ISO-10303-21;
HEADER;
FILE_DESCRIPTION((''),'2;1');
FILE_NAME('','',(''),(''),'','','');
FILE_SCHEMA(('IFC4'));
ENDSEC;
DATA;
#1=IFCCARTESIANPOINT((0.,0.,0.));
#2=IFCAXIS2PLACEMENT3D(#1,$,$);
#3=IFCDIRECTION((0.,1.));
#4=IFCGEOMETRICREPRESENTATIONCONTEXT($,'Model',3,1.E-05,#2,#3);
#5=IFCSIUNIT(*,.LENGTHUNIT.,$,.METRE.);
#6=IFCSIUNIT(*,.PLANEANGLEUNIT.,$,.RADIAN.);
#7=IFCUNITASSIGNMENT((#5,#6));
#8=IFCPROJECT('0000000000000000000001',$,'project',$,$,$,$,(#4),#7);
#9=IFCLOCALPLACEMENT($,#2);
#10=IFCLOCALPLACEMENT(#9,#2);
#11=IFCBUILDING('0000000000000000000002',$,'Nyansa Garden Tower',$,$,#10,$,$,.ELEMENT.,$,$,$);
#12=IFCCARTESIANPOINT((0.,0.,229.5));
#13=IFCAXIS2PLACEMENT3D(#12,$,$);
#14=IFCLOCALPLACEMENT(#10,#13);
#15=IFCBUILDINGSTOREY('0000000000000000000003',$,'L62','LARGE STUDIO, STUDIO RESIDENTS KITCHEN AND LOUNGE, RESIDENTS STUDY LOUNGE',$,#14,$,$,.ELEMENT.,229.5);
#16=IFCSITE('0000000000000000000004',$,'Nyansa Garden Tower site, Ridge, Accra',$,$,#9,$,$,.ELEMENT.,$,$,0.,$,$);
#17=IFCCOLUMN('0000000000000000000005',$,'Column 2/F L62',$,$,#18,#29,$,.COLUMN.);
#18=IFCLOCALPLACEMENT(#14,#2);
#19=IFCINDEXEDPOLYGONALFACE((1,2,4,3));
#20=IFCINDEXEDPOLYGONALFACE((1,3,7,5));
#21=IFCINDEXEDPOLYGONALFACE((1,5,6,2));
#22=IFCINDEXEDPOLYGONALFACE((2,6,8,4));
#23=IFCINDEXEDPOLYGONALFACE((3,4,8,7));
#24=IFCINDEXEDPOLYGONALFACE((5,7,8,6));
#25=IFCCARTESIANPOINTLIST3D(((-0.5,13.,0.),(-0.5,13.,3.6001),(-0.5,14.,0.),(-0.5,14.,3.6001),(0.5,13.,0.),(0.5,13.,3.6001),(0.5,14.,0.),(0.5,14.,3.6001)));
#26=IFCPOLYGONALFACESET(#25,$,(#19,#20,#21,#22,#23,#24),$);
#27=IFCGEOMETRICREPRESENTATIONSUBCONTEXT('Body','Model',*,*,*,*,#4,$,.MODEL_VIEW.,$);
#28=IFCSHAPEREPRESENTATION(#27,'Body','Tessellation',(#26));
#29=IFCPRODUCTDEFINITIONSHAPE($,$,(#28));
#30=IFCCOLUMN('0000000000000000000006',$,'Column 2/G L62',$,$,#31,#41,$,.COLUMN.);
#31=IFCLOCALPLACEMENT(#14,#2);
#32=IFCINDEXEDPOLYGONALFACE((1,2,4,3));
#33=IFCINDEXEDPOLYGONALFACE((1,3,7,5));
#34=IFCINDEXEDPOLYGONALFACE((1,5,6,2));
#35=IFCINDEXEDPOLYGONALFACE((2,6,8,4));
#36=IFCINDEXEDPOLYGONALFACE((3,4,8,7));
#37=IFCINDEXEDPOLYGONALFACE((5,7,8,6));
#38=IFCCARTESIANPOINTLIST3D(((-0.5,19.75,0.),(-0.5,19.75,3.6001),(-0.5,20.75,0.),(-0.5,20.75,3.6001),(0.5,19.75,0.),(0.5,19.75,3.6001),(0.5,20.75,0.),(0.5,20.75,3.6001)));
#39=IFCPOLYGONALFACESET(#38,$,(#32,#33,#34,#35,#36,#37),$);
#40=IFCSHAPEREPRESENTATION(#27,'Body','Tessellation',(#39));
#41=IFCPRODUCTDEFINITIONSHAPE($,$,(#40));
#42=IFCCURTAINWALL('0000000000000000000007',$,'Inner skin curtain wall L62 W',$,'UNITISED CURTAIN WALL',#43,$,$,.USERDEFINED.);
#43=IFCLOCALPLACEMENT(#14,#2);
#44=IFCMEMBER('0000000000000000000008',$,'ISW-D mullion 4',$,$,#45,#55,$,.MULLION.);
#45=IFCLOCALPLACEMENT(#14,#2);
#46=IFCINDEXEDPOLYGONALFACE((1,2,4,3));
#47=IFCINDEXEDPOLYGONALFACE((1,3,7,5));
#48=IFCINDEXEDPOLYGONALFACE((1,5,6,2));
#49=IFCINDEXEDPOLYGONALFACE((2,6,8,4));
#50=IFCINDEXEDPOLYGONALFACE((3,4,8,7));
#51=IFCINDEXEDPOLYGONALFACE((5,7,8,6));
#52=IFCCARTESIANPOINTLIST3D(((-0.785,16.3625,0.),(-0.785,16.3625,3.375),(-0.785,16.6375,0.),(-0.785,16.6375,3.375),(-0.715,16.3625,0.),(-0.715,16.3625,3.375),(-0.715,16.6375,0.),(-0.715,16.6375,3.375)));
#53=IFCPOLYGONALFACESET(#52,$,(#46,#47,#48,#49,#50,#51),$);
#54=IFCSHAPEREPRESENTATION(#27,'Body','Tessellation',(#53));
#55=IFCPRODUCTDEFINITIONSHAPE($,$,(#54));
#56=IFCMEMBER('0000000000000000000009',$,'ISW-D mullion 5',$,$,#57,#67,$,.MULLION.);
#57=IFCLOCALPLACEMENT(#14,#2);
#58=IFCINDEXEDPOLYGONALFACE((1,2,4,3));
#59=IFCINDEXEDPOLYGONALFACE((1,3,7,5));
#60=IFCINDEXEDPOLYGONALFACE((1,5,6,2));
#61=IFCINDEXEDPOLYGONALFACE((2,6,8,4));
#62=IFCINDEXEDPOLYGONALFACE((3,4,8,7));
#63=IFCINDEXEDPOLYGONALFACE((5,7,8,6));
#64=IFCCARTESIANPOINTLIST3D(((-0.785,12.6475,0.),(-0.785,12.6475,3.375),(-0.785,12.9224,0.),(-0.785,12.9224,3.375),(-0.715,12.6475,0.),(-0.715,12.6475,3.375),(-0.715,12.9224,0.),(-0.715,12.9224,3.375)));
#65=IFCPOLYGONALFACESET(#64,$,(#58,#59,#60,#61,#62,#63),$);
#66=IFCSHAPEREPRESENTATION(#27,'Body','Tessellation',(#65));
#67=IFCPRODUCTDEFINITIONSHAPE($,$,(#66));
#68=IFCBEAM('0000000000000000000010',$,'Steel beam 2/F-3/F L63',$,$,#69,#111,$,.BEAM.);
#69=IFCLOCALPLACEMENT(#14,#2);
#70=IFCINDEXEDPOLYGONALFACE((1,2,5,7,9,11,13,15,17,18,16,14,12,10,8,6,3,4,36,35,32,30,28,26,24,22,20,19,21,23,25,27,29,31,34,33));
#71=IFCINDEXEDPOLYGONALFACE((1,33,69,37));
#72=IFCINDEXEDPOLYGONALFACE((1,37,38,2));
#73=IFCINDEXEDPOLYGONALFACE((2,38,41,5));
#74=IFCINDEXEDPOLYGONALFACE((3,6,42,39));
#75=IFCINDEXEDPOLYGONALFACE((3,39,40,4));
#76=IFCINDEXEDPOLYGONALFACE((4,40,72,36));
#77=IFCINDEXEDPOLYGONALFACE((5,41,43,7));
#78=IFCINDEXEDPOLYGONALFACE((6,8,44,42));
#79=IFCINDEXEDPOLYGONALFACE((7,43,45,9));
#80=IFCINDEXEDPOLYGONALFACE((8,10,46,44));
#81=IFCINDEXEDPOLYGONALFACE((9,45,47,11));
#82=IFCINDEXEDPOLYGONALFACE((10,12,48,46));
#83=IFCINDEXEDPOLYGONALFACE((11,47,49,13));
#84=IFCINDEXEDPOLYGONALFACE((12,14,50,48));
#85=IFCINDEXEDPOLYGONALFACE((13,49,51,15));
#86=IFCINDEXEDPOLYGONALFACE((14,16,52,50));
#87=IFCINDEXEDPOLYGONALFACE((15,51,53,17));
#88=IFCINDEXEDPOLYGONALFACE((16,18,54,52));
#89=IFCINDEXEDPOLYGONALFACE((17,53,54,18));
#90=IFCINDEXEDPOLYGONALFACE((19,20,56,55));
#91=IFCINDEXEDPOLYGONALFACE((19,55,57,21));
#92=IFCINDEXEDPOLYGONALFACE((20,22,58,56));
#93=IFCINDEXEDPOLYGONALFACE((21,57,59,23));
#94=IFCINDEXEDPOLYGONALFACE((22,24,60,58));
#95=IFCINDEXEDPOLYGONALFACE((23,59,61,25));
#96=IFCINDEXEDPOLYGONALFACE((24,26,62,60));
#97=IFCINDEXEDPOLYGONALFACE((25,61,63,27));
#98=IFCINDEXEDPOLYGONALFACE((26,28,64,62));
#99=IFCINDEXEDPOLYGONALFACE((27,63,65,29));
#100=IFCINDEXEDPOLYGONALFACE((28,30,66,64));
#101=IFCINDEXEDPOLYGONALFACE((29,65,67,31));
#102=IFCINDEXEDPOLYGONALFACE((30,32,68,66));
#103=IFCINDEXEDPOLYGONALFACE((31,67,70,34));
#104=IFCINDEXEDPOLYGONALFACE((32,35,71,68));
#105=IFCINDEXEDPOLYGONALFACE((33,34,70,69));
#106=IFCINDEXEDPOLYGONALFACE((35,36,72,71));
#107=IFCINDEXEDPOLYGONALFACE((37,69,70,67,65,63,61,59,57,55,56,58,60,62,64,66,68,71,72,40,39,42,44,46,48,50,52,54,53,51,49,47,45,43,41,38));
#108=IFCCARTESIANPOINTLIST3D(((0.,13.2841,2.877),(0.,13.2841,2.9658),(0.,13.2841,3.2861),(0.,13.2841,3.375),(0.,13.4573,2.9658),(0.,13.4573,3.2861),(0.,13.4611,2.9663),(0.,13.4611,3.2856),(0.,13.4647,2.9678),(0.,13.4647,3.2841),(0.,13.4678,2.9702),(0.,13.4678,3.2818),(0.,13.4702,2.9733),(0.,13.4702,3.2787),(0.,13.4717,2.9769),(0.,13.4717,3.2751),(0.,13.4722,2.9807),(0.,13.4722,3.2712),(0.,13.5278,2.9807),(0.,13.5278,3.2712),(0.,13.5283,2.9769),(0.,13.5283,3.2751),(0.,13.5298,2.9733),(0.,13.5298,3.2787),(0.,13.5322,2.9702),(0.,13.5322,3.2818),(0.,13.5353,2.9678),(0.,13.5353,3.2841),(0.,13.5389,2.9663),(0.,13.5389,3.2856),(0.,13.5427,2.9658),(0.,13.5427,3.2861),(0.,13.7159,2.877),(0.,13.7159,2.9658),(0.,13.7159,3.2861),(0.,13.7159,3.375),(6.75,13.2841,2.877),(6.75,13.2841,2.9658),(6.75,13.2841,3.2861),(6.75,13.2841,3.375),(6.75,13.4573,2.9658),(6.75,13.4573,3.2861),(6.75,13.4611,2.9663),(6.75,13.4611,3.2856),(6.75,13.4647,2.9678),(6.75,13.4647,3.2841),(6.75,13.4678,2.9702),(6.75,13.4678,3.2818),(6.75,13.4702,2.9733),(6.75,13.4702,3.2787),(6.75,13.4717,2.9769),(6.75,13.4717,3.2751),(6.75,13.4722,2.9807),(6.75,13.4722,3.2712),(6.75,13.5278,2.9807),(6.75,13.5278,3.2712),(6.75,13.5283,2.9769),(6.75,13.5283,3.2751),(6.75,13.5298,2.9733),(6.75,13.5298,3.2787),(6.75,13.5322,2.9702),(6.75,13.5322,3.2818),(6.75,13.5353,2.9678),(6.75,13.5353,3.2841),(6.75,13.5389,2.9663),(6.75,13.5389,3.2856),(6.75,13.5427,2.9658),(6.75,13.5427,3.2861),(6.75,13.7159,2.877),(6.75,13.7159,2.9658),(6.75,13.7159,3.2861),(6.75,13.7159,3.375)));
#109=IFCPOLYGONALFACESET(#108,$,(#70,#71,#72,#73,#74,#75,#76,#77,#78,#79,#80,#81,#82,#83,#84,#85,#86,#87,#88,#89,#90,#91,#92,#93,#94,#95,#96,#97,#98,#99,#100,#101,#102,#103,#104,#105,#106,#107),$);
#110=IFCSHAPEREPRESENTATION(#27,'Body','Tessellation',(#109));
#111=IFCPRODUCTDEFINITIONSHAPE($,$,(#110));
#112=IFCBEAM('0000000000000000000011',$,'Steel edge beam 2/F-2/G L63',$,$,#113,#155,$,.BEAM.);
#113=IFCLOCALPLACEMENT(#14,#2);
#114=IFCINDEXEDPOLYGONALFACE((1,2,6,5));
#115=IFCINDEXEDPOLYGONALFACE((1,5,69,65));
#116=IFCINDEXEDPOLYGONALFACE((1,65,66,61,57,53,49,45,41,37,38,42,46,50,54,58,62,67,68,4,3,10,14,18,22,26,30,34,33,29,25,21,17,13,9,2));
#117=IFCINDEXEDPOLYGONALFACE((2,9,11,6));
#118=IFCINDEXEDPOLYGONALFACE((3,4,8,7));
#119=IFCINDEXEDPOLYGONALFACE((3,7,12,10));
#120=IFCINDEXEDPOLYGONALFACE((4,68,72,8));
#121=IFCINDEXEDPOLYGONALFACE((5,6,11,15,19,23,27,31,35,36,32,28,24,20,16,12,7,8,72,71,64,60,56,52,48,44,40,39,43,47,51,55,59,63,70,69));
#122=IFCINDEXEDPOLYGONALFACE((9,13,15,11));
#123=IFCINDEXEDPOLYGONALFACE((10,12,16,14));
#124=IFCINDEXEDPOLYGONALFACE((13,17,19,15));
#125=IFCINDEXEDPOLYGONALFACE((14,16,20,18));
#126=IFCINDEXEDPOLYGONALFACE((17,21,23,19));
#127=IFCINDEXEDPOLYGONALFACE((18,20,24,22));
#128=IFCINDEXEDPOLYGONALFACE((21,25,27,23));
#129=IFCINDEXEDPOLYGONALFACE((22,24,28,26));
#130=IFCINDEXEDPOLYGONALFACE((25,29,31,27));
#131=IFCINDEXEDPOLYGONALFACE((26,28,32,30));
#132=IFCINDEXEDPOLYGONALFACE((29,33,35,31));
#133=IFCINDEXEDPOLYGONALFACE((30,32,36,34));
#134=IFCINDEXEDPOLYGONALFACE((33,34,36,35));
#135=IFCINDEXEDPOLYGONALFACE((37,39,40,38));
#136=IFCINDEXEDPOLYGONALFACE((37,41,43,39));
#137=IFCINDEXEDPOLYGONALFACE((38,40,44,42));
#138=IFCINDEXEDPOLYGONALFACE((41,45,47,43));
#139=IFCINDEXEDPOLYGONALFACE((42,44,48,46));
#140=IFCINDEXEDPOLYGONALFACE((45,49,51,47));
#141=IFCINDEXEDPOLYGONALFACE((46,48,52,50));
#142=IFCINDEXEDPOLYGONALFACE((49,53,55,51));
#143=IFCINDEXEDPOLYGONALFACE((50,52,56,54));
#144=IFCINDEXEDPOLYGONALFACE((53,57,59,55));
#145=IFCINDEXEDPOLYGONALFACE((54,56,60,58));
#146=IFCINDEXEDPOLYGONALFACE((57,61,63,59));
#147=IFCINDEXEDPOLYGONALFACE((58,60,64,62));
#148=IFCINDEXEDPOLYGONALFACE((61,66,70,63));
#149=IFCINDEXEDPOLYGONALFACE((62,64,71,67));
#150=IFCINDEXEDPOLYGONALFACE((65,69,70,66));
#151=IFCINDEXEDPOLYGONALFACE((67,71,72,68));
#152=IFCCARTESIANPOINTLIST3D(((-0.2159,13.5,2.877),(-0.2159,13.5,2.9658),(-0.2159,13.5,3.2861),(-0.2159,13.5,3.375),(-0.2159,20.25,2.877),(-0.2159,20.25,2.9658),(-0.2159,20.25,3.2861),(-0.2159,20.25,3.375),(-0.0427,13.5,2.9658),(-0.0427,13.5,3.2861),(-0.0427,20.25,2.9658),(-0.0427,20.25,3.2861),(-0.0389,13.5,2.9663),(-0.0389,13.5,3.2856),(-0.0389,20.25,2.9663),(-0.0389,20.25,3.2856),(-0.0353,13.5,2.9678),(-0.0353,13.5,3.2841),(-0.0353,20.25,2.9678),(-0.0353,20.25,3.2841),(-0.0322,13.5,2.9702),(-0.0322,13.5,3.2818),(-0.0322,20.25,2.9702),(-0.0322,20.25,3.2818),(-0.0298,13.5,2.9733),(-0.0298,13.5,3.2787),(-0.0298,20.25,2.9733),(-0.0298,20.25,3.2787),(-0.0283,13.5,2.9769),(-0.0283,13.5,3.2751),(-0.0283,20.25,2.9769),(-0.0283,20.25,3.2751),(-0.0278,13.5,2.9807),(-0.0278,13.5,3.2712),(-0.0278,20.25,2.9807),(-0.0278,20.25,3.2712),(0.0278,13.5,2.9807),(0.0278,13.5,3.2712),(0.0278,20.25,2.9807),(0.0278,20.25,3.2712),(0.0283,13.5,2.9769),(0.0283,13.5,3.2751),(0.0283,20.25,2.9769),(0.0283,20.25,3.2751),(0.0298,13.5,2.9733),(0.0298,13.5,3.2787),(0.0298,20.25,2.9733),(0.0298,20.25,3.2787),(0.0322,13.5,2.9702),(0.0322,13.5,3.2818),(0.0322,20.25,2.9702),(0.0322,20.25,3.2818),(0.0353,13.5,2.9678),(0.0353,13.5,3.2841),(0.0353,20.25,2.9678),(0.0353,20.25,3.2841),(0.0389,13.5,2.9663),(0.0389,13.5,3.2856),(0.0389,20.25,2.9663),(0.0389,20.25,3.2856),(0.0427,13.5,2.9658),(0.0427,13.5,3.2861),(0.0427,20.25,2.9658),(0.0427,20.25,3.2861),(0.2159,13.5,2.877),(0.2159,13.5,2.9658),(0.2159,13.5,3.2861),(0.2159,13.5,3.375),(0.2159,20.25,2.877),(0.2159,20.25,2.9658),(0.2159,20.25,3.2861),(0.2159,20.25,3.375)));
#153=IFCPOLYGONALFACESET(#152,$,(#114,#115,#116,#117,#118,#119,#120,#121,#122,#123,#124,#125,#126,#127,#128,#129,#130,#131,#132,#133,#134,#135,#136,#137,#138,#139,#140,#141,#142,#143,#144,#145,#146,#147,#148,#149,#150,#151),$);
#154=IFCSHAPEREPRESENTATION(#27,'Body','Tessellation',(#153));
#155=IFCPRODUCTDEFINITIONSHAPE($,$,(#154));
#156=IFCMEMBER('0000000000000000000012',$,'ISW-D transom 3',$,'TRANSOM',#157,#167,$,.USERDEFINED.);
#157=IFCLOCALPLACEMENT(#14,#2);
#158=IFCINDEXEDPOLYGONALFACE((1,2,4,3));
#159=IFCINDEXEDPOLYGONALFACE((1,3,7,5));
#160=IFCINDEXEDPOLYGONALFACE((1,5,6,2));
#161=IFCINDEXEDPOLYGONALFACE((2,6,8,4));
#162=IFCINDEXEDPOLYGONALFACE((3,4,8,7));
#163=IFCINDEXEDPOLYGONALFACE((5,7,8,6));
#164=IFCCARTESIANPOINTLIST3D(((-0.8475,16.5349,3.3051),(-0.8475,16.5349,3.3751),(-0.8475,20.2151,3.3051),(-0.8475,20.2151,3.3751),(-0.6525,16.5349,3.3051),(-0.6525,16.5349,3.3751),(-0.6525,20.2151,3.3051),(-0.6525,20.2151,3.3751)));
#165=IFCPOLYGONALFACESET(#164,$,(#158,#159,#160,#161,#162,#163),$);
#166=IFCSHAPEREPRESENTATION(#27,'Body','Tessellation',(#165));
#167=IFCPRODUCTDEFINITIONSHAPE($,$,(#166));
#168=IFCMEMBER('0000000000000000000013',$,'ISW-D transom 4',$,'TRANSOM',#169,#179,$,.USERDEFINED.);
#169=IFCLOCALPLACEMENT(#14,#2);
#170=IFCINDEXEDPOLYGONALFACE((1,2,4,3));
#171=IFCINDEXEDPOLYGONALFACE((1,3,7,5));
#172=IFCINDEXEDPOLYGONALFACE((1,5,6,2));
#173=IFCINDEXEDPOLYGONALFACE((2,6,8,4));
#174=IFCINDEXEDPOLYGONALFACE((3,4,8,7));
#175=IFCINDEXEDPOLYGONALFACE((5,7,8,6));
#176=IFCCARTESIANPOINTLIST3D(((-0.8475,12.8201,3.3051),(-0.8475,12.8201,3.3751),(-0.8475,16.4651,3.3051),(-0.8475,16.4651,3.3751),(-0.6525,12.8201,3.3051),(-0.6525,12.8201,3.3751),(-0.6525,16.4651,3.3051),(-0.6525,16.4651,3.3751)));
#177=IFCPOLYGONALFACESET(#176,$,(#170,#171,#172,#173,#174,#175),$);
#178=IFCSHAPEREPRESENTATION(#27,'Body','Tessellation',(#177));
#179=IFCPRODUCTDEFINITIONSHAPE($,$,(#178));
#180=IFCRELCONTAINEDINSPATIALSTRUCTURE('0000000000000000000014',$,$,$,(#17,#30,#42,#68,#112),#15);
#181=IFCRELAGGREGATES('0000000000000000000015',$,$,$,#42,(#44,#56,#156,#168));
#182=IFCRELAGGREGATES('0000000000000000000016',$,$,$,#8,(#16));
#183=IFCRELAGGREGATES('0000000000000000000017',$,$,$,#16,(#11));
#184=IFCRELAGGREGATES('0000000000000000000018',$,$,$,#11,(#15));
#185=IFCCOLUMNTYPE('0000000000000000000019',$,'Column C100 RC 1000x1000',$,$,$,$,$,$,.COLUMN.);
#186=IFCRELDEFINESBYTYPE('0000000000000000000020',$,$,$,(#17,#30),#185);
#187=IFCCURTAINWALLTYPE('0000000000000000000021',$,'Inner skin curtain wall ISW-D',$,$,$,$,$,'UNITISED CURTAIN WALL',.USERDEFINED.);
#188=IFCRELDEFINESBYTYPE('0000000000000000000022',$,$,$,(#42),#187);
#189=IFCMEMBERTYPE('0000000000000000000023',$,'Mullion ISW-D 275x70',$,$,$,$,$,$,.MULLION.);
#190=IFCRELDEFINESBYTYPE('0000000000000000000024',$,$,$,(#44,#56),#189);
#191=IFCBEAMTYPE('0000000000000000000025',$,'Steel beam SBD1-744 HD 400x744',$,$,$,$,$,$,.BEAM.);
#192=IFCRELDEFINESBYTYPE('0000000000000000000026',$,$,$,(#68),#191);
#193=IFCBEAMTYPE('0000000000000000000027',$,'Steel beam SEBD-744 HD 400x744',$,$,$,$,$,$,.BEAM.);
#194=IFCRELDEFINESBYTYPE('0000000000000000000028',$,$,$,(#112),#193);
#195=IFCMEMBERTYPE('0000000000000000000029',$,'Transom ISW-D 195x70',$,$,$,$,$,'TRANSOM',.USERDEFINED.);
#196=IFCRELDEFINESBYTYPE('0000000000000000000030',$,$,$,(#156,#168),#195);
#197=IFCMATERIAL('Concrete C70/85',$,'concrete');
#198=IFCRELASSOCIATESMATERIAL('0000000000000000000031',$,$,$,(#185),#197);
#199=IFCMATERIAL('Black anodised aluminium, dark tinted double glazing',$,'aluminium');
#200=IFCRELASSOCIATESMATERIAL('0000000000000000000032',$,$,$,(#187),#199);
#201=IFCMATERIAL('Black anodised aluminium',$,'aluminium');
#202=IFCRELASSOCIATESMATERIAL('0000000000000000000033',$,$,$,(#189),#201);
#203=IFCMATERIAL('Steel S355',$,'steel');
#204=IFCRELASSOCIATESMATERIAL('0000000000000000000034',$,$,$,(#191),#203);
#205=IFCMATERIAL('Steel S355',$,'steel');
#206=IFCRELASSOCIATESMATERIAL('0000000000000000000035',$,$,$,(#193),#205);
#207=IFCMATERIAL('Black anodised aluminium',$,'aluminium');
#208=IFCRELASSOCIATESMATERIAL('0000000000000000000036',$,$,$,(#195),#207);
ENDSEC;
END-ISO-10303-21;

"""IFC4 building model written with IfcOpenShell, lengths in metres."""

from ifc_helpers import new_model, si_unit, direction, frame, origin, origin_2d, place, context, subcontext, project, spatial, rectangle, i_section, extrude, material, material_profile, profile_set, type_object, element, aggregate, save


model = new_model("IFC4")

# Units and contexts
model_context = context("Model", 3, precision=1e-05, world=origin(), true_north=direction((0.0, 1.0)))
body_context = subcontext(model_context, "Body", "Model", "MODEL_VIEW")
ifc_project = project(units=[si_unit("LENGTHUNIT", "METRE"), si_unit("PLANEANGLEUNIT", "RADIAN")], contexts=[model_context])

# Site, building, storey
site_placement = place(None, origin())
site = spatial("IfcSite", under=ifc_project, at=site_placement, Name="Nyansa Garden Tower site, Ridge, Accra", CompositionType="ELEMENT", RefElevation=0.0)
building_placement = place(site_placement, origin())
building = spatial("IfcBuilding", under=site, at=building_placement, Name="Nyansa Garden Tower", CompositionType="ELEMENT")
storey_placement = place(building_placement, frame((0.0, 0.0, 229.5)))
storey = spatial("IfcBuildingStorey", under=building, at=storey_placement, Name="L62", Description="LARGE STUDIO, STUDIO RESIDENTS KITCHEN AND LOUNGE, RESIDENTS STUDY LOUNGE", CompositionType="ELEMENT", Elevation=229.5)

# Columns
ifc_material_1 = material(Name="Concrete C70/85", Category="concrete")
ifc_material_profile_1 = material_profile(ifc_material_1, rectangle(XDim=1.0, YDim=1.0, at=origin_2d()), Name="RC 1000x1000")
ifc_profile_set_1 = profile_set([ifc_material_profile_1], Name="Concrete C70/85")
column_type = type_object("IfcColumnType", Name="Column C100 RC 1000x1000", PredefinedType="COLUMN", material=ifc_profile_set_1)
for number, where, z_axis, x_axis, name in (
    (1, (0.0, 13.5, 0.0), (0.0, 0.0, 1.0), (1.0, 0.0, 0.0), "Column 2/F L62"),
    (2, (0.0, 20.25, 0.0), (0.0, 0.0, 1.0), (1.0, 0.0, 0.0), "Column 2/G L62"),
):
    element("IfcColumn", number, at=place(storey_placement, frame(where, z_axis=z_axis, x_axis=x_axis)), inside=storey, type_object=column_type, Name=name, PredefinedType="COLUMN", context=body_context, shape_type="SweptSolid", body=[
        extrude(rectangle(XDim=1.0, YDim=1.0, at=origin_2d()), origin(), (0.0, 0.0, 1.0), 3.6001),
    ])

# Curtain wall, members
ifc_material_2 = material(Name="Black anodised aluminium, dark tinted double glazing", Category="aluminium")
curtain_wall_type = type_object("IfcCurtainWallType", Name="Inner skin curtain wall ISW-D", ElementType="UNITISED CURTAIN WALL", PredefinedType="USERDEFINED", material=ifc_material_2)
curtain_wall_placement = place(storey_placement, origin())
curtain_wall = element("IfcCurtainWall", 3, at=curtain_wall_placement, inside=storey, type_object=curtain_wall_type, Name="Inner skin curtain wall L62 W", ObjectType="UNITISED CURTAIN WALL", PredefinedType="USERDEFINED")
ifc_material_3 = material(Name="Black anodised aluminium", Category="aluminium")
ifc_material_profile_2 = material_profile(ifc_material_3, rectangle(XDim=0.0701, YDim=0.2749, at=origin_2d()), Name="Mullion 275x70")
ifc_profile_set_2 = profile_set([ifc_material_profile_2], Name="Black anodised aluminium")
member_type_1 = type_object("IfcMemberType", Name="Mullion ISW-D 275x70", PredefinedType="MULLION", material=ifc_profile_set_2)
member_1_placement = place(storey_placement, frame((-0.75, 16.5, 0.0), z_axis=(0.0, 0.0, 1.0), x_axis=(1.0, 0.0, 0.0)))
member_1 = element("IfcMember", 4, at=member_1_placement, type_object=member_type_1, Name="ISW-D mullion 4", PredefinedType="MULLION", context=body_context, shape_type="SweptSolid", body=[
    extrude(rectangle(XDim=0.0701, YDim=0.2749, at=origin_2d()), origin(), (0.0, 0.0, 1.0), 3.375),
])
member_2_placement = place(storey_placement, frame((-0.75, 12.7849, 0.0), z_axis=(0.0, 0.0, 1.0), x_axis=(1.0, 0.0, 0.0)))
member_2 = element("IfcMember", 5, at=member_2_placement, type_object=member_type_1, Name="ISW-D mullion 5", PredefinedType="MULLION", context=body_context, shape_type="SweptSolid", body=[
    extrude(rectangle(XDim=0.0701, YDim=0.2749, at=origin_2d()), origin(), (0.0, 0.0, 1.0), 3.375),
])

# Beams
ifc_material_4 = material(Name="Steel S355", Category="steel")
ifc_material_profile_3 = material_profile(ifc_material_4, i_section(OverallWidth=0.4319, OverallDepth=0.498, WebThickness=0.0557, FlangeThickness=0.0889, FilletRadius=0.0149, at=origin_2d()), Name="HD 400x744")
ifc_profile_set_3 = profile_set([ifc_material_profile_3], Name="Steel S355")
beam_type_1 = type_object("IfcBeamType", Name="Steel beam SBD1-744 HD 400x744", PredefinedType="BEAM", material=ifc_profile_set_3)
beam_1_placement = place(storey_placement, frame((0.0, 13.5, 3.126), z_axis=(1.0, 0.0, 0.0), x_axis=(0.0, 1.0, 0.0)))
element("IfcBeam", 6, at=beam_1_placement, inside=storey, type_object=beam_type_1, Name="Steel beam 2/F-3/F L63", PredefinedType="BEAM", context=body_context, shape_type="SweptSolid", body=[
    extrude(i_section(OverallWidth=0.4319, OverallDepth=0.498, WebThickness=0.0557, FlangeThickness=0.0889, FilletRadius=0.0149, at=origin_2d()), origin(), (0.0, 0.0, 1.0), 6.75),
])
ifc_material_5 = material(Name="Steel S355", Category="steel")
ifc_material_profile_4 = material_profile(ifc_material_5, i_section(OverallWidth=0.4319, OverallDepth=0.498, WebThickness=0.0557, FlangeThickness=0.0889, FilletRadius=0.0149, at=origin_2d()), Name="HD 400x744")
ifc_profile_set_4 = profile_set([ifc_material_profile_4], Name="Steel S355")
beam_type_2 = type_object("IfcBeamType", Name="Steel beam SEBD-744 HD 400x744", PredefinedType="BEAM", material=ifc_profile_set_4)
beam_2_placement = place(storey_placement, frame((0.0, 13.5, 3.126), z_axis=(0.0, 1.0, 0.0), x_axis=(-1.0, 0.0, 0.0)))
element("IfcBeam", 7, at=beam_2_placement, inside=storey, type_object=beam_type_2, Name="Steel edge beam 2/F-2/G L63", PredefinedType="BEAM", context=body_context, shape_type="SweptSolid", body=[
    extrude(i_section(OverallWidth=0.4319, OverallDepth=0.498, WebThickness=0.0557, FlangeThickness=0.0889, FilletRadius=0.0149, at=origin_2d()), origin(), (0.0, 0.0, 1.0), 6.75),
])

# Members
ifc_material_6 = material(Name="Black anodised aluminium", Category="aluminium")
ifc_material_profile_5 = material_profile(ifc_material_6, rectangle(XDim=0.1951, YDim=0.0701, at=origin_2d()), Name="Transom 195x70")
ifc_profile_set_5 = profile_set([ifc_material_profile_5], Name="Black anodised aluminium")
member_type_2 = type_object("IfcMemberType", Name="Transom ISW-D 195x70", ElementType="TRANSOM", PredefinedType="USERDEFINED", material=ifc_profile_set_5)
member_3_placement = place(storey_placement, frame((-0.75, 20.2151, 3.3401), z_axis=(0.0, -1.0, 0.0), x_axis=(1.0, 0.0, 0.0)))
member_3 = element("IfcMember", 8, at=member_3_placement, type_object=member_type_2, Name="ISW-D transom 3", ObjectType="TRANSOM", PredefinedType="USERDEFINED", context=body_context, shape_type="SweptSolid", body=[
    extrude(rectangle(XDim=0.1951, YDim=0.0701, at=origin_2d()), origin(), (0.0, 0.0, 1.0), 3.6802),
])
member_4_placement = place(storey_placement, frame((-0.75, 16.4651, 3.3401), z_axis=(0.0, -1.0, 0.0), x_axis=(1.0, 0.0, 0.0)))
member_4 = element("IfcMember", 9, at=member_4_placement, type_object=member_type_2, Name="ISW-D transom 4", ObjectType="TRANSOM", PredefinedType="USERDEFINED", context=body_context, shape_type="SweptSolid", body=[
    extrude(rectangle(XDim=0.1951, YDim=0.0701, at=origin_2d()), origin(), (0.0, 0.0, 1.0), 3.645),
])

aggregate(curtain_wall, [member_1, member_2, member_3, member_4])

save(model, "model.ifc")
